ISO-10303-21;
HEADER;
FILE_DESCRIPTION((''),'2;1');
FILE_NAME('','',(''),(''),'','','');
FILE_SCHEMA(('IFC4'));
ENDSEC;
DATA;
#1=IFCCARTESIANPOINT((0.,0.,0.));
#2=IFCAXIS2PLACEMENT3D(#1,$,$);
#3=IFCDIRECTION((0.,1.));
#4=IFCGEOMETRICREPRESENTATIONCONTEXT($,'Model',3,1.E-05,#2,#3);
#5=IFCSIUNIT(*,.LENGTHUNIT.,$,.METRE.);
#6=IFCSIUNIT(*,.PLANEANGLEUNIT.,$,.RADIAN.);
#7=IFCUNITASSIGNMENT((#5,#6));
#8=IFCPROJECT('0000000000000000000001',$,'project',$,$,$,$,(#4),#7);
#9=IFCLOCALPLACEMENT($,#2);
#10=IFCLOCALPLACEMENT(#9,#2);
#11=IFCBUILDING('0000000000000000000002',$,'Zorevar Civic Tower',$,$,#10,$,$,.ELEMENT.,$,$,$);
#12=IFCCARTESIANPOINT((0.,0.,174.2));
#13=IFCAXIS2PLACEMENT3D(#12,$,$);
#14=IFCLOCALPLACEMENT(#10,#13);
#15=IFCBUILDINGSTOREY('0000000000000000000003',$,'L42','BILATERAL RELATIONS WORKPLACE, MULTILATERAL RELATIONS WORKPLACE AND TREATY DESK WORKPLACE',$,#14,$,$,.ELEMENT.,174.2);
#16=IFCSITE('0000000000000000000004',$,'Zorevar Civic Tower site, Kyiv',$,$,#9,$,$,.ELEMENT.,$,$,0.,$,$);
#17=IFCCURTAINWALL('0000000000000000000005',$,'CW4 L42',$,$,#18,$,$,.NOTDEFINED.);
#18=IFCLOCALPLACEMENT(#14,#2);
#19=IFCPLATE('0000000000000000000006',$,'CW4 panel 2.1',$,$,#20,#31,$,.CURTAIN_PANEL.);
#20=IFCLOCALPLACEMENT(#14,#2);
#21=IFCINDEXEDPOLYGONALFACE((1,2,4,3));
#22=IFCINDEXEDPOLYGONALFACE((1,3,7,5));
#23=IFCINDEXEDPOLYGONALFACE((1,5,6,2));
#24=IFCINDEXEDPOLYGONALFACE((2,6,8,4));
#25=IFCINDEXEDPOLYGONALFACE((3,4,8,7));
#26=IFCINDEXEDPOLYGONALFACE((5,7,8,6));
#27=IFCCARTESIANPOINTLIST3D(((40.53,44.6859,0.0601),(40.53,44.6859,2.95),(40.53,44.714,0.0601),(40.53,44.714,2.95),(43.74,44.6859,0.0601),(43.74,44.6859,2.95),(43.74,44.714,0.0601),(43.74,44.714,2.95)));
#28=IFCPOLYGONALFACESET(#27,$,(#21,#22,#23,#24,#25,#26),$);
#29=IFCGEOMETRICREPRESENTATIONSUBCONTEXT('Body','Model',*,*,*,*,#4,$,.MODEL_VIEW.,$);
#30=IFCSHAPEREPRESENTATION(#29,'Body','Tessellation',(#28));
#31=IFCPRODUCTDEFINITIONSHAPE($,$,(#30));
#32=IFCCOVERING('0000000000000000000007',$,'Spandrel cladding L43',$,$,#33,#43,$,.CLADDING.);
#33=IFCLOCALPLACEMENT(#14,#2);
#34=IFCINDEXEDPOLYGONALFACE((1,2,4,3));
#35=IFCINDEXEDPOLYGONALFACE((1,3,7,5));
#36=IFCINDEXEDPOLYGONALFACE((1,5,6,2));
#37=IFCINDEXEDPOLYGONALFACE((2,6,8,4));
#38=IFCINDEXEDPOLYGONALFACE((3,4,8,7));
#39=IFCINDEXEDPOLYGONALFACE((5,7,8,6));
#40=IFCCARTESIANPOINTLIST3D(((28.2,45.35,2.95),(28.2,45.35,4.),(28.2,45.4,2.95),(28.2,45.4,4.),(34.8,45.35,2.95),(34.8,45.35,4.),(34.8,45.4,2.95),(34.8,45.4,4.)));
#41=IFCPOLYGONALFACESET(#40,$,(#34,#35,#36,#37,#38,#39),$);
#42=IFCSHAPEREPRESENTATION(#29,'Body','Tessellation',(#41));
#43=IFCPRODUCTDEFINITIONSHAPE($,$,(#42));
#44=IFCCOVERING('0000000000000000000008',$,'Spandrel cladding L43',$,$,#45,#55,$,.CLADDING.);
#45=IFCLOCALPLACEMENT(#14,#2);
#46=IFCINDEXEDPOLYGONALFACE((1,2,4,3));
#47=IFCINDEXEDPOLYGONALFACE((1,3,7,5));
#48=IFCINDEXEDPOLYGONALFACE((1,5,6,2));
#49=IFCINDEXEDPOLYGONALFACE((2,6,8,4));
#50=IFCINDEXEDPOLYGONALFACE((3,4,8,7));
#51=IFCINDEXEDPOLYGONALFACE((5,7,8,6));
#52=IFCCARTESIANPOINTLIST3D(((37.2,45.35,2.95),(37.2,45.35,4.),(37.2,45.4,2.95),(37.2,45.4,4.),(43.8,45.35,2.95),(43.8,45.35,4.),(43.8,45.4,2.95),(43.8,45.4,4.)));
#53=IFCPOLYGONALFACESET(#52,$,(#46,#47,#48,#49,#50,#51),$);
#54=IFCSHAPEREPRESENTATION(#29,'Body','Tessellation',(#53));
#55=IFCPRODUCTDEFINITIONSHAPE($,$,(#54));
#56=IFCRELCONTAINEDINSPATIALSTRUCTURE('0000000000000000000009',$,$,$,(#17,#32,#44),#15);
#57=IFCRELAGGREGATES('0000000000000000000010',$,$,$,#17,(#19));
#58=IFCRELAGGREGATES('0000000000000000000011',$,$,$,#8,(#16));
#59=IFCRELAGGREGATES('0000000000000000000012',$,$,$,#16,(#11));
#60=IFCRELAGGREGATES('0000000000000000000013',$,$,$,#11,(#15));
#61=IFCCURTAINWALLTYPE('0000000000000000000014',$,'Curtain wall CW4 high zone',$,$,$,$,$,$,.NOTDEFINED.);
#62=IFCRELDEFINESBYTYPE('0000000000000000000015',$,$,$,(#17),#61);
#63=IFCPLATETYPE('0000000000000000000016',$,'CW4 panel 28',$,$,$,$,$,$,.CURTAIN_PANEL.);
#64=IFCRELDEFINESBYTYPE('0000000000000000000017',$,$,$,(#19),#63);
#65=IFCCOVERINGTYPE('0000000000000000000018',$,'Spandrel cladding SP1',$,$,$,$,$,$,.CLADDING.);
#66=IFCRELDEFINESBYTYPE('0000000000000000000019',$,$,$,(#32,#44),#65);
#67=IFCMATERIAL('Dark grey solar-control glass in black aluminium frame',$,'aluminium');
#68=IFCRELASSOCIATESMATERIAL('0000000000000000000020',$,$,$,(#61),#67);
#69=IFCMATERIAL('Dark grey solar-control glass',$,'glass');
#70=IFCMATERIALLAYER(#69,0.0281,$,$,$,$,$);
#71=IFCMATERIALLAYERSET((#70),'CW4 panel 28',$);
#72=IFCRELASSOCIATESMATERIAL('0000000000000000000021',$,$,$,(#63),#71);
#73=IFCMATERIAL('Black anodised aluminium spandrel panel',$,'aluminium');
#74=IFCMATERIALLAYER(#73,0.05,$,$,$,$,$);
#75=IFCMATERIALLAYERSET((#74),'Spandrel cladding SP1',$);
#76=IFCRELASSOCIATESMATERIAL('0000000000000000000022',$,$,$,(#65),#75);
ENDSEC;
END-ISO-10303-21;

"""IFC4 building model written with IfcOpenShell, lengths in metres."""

from ifc_helpers import new_model, si_unit, direction, frame, frame_2d, origin, origin_2d, place, context, subcontext, project, spatial, rectangle, extrude, material, layer, layer_set, type_object, element, aggregate, save


model = new_model("IFC4")

# Units and contexts
model_context = context("Model", 3, precision=1e-05, world=origin(), true_north=direction((0.0, 1.0)))
body_context = subcontext(model_context, "Body", "Model", "MODEL_VIEW")
ifc_project = project(units=[si_unit("LENGTHUNIT", "METRE"), si_unit("PLANEANGLEUNIT", "RADIAN")], contexts=[model_context])

# Site, building, storey
site_placement = place(None, origin())
site = spatial("IfcSite", under=ifc_project, at=site_placement, Name="Zorevar Civic Tower site, Kyiv", CompositionType="ELEMENT", RefElevation=0.0)
building_placement = place(site_placement, origin())
building = spatial("IfcBuilding", under=site, at=building_placement, Name="Zorevar Civic Tower", CompositionType="ELEMENT")
storey_placement = place(building_placement, frame((0.0, 0.0, 174.2)))
storey = spatial("IfcBuildingStorey", under=building, at=storey_placement, Name="L42", Description="BILATERAL RELATIONS WORKPLACE, MULTILATERAL RELATIONS WORKPLACE AND TREATY DESK WORKPLACE", CompositionType="ELEMENT", Elevation=174.2)

# Curtain wall
ifc_material_1 = material(Name="Dark grey solar-control glass in black aluminium frame", Category="aluminium")
curtain_wall_type = type_object("IfcCurtainWallType", Name="Curtain wall CW4 high zone", PredefinedType="NOTDEFINED", material=ifc_material_1)
curtain_wall_1_placement = place(storey_placement, origin())
curtain_wall_1 = element("IfcCurtainWall", 1, at=curtain_wall_1_placement, inside=storey, type_object=curtain_wall_type, Name="CW4 L42", PredefinedType="NOTDEFINED")

# Plate
ifc_material_2 = material(Name="Dark grey solar-control glass", Category="glass")
ifc_layer_1 = layer(ifc_material_2, 0.0281)
ifc_layer_set_1 = layer_set([ifc_layer_1], Name="CW4 panel 28")
plate_type = type_object("IfcPlateType", Name="CW4 panel 28", PredefinedType="CURTAIN_PANEL", material=ifc_layer_set_1)
plate_1_placement = place(storey_placement, frame((42.135, 44.7, 0.0601), z_axis=(0.0, 0.0, 1.0), x_axis=(1.0, 0.0, 0.0)))
plate_1 = element("IfcPlate", 2, at=plate_1_placement, type_object=plate_type, Name="CW4 panel 2.1", PredefinedType="CURTAIN_PANEL", context=body_context, shape_type="SweptSolid", body=[
    extrude(rectangle(XDim=3.21, YDim=0.0281, at=origin_2d()), origin(), (0.0, 0.0, 1.0), 2.8899),
])
aggregate(curtain_wall_1, [plate_1])

# Coverings
ifc_material_3 = material(Name="Black anodised aluminium spandrel panel", Category="aluminium")
ifc_layer_2 = layer(ifc_material_3, 0.05)
ifc_layer_set_2 = layer_set([ifc_layer_2], Name="Spandrel cladding SP1")
covering_type = type_object("IfcCoveringType", Name="Spandrel cladding SP1", PredefinedType="CLADDING", material=ifc_layer_set_2)
for number, where, z_axis, x_axis, name in (
    (3, (28.2, 45.375, 2.95), (0.0, 0.0, 1.0), (1.0, 0.0, 0.0), "Spandrel cladding L43"),
    (4, (37.2, 45.375, 2.95), (0.0, 0.0, 1.0), (1.0, 0.0, 0.0), "Spandrel cladding L43"),
):
    element("IfcCovering", number, at=place(storey_placement, frame(where, z_axis=z_axis, x_axis=x_axis)), inside=storey, type_object=covering_type, Name=name, PredefinedType="CLADDING", context=body_context, shape_type="SweptSolid", body=[
        extrude(rectangle(XDim=6.6001, YDim=0.05, at=frame_2d((3.3, 0.0))), origin(), (0.0, 0.0, 1.0), 1.05),
    ])

save(model, "model.ifc")
